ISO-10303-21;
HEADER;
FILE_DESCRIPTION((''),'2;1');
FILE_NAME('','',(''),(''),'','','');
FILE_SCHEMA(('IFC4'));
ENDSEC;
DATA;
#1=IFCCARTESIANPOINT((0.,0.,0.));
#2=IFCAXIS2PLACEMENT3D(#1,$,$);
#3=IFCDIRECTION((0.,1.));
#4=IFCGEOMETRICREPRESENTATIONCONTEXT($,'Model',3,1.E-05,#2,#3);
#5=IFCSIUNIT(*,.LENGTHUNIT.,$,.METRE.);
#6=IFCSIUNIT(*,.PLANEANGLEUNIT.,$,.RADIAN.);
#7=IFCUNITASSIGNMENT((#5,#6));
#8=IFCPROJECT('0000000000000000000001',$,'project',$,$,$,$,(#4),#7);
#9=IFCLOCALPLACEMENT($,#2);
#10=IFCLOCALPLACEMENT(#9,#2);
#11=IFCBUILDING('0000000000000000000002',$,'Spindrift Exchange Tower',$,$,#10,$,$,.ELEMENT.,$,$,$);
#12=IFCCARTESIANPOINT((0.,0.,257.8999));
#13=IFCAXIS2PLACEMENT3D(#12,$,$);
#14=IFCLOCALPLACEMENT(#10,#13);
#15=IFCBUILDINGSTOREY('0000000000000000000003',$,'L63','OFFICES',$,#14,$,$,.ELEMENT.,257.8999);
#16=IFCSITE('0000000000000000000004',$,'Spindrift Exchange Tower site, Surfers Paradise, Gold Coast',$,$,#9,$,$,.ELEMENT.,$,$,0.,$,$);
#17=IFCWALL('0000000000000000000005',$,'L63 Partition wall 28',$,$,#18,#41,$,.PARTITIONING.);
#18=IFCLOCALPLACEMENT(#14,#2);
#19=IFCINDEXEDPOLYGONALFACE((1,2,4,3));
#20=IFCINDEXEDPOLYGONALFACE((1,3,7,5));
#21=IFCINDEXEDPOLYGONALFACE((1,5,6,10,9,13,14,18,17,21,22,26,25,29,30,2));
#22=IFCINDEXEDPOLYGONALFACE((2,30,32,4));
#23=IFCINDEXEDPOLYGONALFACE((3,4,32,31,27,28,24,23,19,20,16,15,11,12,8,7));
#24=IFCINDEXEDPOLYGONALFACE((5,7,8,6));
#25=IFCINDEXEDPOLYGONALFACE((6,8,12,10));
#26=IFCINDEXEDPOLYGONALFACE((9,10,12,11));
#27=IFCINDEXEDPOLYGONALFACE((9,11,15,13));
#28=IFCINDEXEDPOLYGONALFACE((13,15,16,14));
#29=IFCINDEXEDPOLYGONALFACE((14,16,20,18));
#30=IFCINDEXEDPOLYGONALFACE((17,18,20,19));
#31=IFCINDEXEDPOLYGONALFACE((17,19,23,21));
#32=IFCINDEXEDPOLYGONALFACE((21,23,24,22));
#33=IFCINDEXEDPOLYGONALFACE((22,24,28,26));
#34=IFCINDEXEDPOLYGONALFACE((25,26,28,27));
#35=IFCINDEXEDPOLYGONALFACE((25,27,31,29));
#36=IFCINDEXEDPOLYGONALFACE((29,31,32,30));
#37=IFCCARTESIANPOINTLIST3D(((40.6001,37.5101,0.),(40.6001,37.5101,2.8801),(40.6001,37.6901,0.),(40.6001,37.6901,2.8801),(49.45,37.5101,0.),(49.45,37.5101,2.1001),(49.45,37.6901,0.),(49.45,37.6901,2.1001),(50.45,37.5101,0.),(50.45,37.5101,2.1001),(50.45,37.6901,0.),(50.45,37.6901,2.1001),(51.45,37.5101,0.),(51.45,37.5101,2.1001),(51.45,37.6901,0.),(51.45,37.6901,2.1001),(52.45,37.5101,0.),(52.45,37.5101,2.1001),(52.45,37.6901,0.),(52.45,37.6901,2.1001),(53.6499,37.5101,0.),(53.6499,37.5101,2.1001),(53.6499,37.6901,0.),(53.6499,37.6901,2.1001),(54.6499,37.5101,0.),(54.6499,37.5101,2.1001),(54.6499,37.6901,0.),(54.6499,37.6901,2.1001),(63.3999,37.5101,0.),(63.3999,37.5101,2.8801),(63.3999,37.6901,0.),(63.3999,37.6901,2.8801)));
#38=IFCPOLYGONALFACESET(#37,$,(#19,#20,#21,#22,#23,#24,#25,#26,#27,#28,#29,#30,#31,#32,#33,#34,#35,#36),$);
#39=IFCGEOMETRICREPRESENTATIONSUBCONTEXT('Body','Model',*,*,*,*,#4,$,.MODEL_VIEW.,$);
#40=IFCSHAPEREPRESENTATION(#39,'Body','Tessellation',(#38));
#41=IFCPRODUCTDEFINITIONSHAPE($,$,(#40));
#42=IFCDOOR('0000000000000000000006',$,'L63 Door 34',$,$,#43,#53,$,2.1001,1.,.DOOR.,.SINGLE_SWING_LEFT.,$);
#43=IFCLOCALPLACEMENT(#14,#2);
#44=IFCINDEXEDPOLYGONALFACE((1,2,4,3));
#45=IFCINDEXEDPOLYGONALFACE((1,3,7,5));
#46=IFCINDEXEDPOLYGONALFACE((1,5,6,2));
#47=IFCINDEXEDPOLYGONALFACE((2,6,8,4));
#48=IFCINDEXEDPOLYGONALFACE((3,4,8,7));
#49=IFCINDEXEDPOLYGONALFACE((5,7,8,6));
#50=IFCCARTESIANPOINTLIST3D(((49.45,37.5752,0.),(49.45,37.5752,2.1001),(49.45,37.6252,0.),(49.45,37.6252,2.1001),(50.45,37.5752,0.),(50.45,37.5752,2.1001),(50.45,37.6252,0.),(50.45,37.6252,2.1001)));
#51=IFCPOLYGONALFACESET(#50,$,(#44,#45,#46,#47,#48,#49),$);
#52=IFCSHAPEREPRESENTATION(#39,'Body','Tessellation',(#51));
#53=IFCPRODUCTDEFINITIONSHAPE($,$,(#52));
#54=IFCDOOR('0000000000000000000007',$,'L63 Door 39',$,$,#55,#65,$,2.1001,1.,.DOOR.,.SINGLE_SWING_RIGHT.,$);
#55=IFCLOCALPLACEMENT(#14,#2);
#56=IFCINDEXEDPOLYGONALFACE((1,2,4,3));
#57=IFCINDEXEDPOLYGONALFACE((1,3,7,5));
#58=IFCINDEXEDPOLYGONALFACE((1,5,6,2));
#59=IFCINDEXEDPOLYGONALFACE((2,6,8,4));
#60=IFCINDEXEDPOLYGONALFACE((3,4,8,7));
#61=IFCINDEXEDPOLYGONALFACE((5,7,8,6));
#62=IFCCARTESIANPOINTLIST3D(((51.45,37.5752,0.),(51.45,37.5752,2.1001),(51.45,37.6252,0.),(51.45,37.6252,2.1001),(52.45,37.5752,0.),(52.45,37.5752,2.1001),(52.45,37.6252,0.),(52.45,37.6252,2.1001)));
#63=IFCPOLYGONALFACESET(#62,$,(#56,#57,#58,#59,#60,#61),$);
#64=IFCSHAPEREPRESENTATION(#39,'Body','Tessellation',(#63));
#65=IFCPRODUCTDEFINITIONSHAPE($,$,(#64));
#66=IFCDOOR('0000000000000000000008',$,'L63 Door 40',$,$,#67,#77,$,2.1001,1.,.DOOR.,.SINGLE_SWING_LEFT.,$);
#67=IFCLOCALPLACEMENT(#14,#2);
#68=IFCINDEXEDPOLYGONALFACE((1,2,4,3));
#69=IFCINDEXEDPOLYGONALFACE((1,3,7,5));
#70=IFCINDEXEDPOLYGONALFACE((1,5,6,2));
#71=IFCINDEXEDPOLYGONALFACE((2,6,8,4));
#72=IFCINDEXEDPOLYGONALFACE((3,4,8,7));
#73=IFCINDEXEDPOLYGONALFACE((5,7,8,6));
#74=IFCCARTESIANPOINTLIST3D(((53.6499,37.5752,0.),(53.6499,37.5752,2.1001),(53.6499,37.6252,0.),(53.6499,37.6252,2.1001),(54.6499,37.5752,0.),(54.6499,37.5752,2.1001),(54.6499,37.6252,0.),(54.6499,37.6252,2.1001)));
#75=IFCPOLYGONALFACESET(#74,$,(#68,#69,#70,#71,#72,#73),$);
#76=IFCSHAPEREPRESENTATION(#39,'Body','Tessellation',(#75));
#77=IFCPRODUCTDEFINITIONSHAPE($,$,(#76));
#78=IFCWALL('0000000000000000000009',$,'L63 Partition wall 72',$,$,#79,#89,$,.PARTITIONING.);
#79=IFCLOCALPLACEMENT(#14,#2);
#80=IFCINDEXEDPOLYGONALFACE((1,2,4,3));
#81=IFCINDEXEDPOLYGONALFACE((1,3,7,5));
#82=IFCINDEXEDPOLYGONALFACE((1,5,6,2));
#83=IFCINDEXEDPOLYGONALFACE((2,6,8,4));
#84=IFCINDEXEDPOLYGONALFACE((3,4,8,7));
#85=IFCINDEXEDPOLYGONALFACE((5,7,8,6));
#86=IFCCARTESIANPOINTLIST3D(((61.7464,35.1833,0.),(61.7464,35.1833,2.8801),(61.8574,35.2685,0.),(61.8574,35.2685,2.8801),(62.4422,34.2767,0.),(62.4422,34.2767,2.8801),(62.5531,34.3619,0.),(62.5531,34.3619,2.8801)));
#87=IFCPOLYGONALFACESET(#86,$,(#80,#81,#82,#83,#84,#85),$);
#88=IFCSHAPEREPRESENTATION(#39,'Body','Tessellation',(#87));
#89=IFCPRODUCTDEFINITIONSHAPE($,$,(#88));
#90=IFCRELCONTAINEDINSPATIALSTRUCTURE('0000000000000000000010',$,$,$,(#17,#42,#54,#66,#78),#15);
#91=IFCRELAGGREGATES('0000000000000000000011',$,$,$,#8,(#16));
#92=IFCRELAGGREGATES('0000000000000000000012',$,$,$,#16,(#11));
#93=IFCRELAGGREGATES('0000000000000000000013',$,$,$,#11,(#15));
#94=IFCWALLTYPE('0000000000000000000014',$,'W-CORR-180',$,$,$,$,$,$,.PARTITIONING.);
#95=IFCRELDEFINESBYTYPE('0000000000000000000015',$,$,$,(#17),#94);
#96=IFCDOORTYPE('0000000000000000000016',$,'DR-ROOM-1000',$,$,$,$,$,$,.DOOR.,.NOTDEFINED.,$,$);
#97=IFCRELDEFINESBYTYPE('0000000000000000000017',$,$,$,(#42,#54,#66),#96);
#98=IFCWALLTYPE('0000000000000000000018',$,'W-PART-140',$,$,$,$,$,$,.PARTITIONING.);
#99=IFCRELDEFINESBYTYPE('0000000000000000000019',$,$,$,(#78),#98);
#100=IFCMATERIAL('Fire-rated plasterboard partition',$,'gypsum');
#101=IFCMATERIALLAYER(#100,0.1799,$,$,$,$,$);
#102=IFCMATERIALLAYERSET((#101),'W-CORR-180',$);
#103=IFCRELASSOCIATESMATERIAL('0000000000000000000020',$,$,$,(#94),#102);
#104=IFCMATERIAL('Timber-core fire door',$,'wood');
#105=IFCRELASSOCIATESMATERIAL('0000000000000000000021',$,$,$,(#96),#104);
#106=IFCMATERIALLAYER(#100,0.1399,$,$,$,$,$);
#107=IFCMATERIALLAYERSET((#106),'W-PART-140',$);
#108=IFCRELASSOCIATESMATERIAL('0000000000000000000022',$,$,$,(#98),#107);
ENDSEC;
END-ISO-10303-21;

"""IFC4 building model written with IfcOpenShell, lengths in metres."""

from ifc_helpers import new_model, si_unit, direction, frame, frame_2d, origin, place, context, subcontext, project, spatial, rectangle, extrude, source, transform, mapped, material, layer, layer_set, type_object, element, fill, save


model = new_model("IFC4")

# Units and contexts
model_context = context("Model", 3, precision=1e-05, world=origin(), true_north=direction((0.0, 1.0)))
body_context = subcontext(model_context, "Body", "Model", "MODEL_VIEW")
ifc_project = project(units=[si_unit("LENGTHUNIT", "METRE"), si_unit("PLANEANGLEUNIT", "RADIAN")], contexts=[model_context])

# Site, building, storey
site_placement = place(None, origin())
site = spatial("IfcSite", under=ifc_project, at=site_placement, Name="Spindrift Exchange Tower site, Surfers Paradise, Gold Coast", CompositionType="ELEMENT", RefElevation=0.0)
building_placement = place(site_placement, origin())
building = spatial("IfcBuilding", under=site, at=building_placement, Name="Spindrift Exchange Tower", CompositionType="ELEMENT")
storey_placement = place(building_placement, frame((0.0, 0.0, 257.8999)))
storey = spatial("IfcBuildingStorey", under=building, at=storey_placement, Name="L63", Description="OFFICES", CompositionType="ELEMENT", Elevation=257.8999)

# Wall, openings, doors
ifc_material_1 = material(Name="Fire-rated plasterboard partition", Category="gypsum")
ifc_layer_1 = layer(ifc_material_1, 0.1799)
ifc_layer_set_1 = layer_set([ifc_layer_1], Name="W-CORR-180")
wall_type_1 = type_object("IfcWallType", Name="W-CORR-180", PredefinedType="PARTITIONING", material=ifc_layer_set_1)
wall_1_placement = place(storey_placement, frame((63.3999, 37.6001, 0.0), z_axis=(0.0, 0.0, 1.0), x_axis=(-1.0, 0.0, 0.0)))
wall_1 = element("IfcWall", 1, at=wall_1_placement, inside=storey, type_object=wall_type_1, Name="L63 Partition wall 28", PredefinedType="PARTITIONING", context=body_context, shape_type="SweptSolid", body=[
    extrude(rectangle(XDim=22.7998, YDim=0.1799, at=frame_2d((11.3999, 0.0))), origin(), (0.0, 0.0, 1.0), 2.8801),
])
opening_1_placement = place(wall_1_placement, frame((12.95, 0.0, 0.0)))
opening_1 = element("IfcOpeningElement", 2, at=opening_1_placement, cuts=wall_1, PredefinedType="OPENING", context=body_context, shape_type="SweptSolid", body=[
    extrude(rectangle(XDim=1.0, YDim=2.1001, at=frame_2d((0.5, 1.05))), frame((0.0, 0.0999, 0.0), z_axis=(0.0, -1.0, 0.0), x_axis=(1.0, 0.0, 0.0)), (0.0, 0.0, 1.0), 0.2),
])
opening_2_placement = place(wall_1_placement, frame((10.95, 0.0, 0.0)))
opening_2 = element("IfcOpeningElement", 3, at=opening_2_placement, cuts=wall_1, PredefinedType="OPENING", context=body_context, shape_type="SweptSolid", body=[
    extrude(rectangle(XDim=1.0, YDim=2.1001, at=frame_2d((0.5, 1.05))), frame((0.0, 0.0999, 0.0), z_axis=(0.0, -1.0, 0.0), x_axis=(1.0, 0.0, 0.0)), (0.0, 0.0, 1.0), 0.2),
])
opening_3_placement = place(wall_1_placement, frame((8.75, 0.0, 0.0)))
opening_3 = element("IfcOpeningElement", 4, at=opening_3_placement, cuts=wall_1, PredefinedType="OPENING", context=body_context, shape_type="SweptSolid", body=[
    extrude(rectangle(XDim=1.0, YDim=2.1001, at=frame_2d((0.5, 1.05))), frame((0.0, 0.0999, 0.0), z_axis=(0.0, -1.0, 0.0), x_axis=(1.0, 0.0, 0.0)), (0.0, 0.0, 1.0), 0.2),
])
ifc_material_2 = material(Name="Timber-core fire door", Category="wood")
door_type = type_object("IfcDoorType", Name="DR-ROOM-1000", OperationType="NOTDEFINED", PredefinedType="DOOR", material=ifc_material_2)
shared_shape_1 = source(origin(), body_context, "Body", "SweptSolid", [
    extrude(rectangle(XDim=1.0, YDim=2.1001, at=frame_2d((0.5, 1.05))), frame((0.0, 0.0249, 0.0), z_axis=(0.0, -1.0, 0.0), x_axis=(1.0, 0.0, 0.0)), (0.0, 0.0, 1.0), 0.05),
])
door_1_placement = place(opening_1_placement, origin())
door_1 = element("IfcDoor", 5, at=door_1_placement, inside=storey, type_object=door_type, Name="L63 Door 34", OperationType="SINGLE_SWING_LEFT", OverallHeight=2.1001, OverallWidth=1.0, PredefinedType="DOOR", context=body_context, shape_type="MappedRepresentation", body=[
    mapped(shared_shape_1, transform((0.0, 0.0, 0.0), scale=1.0)),
])
fill(opening_1, door_1)
door_2_placement = place(opening_2_placement, origin())
door_2 = element("IfcDoor", 6, at=door_2_placement, inside=storey, type_object=door_type, Name="L63 Door 39", OperationType="SINGLE_SWING_RIGHT", OverallHeight=2.1001, OverallWidth=1.0, PredefinedType="DOOR", context=body_context, shape_type="MappedRepresentation", body=[
    mapped(shared_shape_1, transform((0.0, 0.0, 0.0), scale=1.0)),
])
fill(opening_2, door_2)
door_3_placement = place(opening_3_placement, origin())
door_3 = element("IfcDoor", 7, at=door_3_placement, inside=storey, type_object=door_type, Name="L63 Door 40", OperationType="SINGLE_SWING_LEFT", OverallHeight=2.1001, OverallWidth=1.0, PredefinedType="DOOR", context=body_context, shape_type="MappedRepresentation", body=[
    mapped(shared_shape_1, transform((0.0, 0.0, 0.0), scale=1.0)),
])
fill(opening_3, door_3)

# Wall
ifc_layer_2 = layer(ifc_material_1, 0.1399)
ifc_layer_set_2 = layer_set([ifc_layer_2], Name="W-PART-140")
wall_type_2 = type_object("IfcWallType", Name="W-PART-140", PredefinedType="PARTITIONING", material=ifc_layer_set_2)
wall_2_placement = place(storey_placement, frame((61.802, 35.2258, 0.0), z_axis=(0.0, 0.0, 1.0), x_axis=(0.608781, -0.793338, 0.0)))
element("IfcWall", 8, at=wall_2_placement, inside=storey, type_object=wall_type_2, Name="L63 Partition wall 72", PredefinedType="PARTITIONING", context=body_context, shape_type="SweptSolid", body=[
    extrude(rectangle(XDim=1.1428, YDim=0.1399, at=frame_2d((0.5713, 0.0))), origin(), (0.0, 0.0, 1.0), 2.8801),
])

save(model, "model.ifc")
